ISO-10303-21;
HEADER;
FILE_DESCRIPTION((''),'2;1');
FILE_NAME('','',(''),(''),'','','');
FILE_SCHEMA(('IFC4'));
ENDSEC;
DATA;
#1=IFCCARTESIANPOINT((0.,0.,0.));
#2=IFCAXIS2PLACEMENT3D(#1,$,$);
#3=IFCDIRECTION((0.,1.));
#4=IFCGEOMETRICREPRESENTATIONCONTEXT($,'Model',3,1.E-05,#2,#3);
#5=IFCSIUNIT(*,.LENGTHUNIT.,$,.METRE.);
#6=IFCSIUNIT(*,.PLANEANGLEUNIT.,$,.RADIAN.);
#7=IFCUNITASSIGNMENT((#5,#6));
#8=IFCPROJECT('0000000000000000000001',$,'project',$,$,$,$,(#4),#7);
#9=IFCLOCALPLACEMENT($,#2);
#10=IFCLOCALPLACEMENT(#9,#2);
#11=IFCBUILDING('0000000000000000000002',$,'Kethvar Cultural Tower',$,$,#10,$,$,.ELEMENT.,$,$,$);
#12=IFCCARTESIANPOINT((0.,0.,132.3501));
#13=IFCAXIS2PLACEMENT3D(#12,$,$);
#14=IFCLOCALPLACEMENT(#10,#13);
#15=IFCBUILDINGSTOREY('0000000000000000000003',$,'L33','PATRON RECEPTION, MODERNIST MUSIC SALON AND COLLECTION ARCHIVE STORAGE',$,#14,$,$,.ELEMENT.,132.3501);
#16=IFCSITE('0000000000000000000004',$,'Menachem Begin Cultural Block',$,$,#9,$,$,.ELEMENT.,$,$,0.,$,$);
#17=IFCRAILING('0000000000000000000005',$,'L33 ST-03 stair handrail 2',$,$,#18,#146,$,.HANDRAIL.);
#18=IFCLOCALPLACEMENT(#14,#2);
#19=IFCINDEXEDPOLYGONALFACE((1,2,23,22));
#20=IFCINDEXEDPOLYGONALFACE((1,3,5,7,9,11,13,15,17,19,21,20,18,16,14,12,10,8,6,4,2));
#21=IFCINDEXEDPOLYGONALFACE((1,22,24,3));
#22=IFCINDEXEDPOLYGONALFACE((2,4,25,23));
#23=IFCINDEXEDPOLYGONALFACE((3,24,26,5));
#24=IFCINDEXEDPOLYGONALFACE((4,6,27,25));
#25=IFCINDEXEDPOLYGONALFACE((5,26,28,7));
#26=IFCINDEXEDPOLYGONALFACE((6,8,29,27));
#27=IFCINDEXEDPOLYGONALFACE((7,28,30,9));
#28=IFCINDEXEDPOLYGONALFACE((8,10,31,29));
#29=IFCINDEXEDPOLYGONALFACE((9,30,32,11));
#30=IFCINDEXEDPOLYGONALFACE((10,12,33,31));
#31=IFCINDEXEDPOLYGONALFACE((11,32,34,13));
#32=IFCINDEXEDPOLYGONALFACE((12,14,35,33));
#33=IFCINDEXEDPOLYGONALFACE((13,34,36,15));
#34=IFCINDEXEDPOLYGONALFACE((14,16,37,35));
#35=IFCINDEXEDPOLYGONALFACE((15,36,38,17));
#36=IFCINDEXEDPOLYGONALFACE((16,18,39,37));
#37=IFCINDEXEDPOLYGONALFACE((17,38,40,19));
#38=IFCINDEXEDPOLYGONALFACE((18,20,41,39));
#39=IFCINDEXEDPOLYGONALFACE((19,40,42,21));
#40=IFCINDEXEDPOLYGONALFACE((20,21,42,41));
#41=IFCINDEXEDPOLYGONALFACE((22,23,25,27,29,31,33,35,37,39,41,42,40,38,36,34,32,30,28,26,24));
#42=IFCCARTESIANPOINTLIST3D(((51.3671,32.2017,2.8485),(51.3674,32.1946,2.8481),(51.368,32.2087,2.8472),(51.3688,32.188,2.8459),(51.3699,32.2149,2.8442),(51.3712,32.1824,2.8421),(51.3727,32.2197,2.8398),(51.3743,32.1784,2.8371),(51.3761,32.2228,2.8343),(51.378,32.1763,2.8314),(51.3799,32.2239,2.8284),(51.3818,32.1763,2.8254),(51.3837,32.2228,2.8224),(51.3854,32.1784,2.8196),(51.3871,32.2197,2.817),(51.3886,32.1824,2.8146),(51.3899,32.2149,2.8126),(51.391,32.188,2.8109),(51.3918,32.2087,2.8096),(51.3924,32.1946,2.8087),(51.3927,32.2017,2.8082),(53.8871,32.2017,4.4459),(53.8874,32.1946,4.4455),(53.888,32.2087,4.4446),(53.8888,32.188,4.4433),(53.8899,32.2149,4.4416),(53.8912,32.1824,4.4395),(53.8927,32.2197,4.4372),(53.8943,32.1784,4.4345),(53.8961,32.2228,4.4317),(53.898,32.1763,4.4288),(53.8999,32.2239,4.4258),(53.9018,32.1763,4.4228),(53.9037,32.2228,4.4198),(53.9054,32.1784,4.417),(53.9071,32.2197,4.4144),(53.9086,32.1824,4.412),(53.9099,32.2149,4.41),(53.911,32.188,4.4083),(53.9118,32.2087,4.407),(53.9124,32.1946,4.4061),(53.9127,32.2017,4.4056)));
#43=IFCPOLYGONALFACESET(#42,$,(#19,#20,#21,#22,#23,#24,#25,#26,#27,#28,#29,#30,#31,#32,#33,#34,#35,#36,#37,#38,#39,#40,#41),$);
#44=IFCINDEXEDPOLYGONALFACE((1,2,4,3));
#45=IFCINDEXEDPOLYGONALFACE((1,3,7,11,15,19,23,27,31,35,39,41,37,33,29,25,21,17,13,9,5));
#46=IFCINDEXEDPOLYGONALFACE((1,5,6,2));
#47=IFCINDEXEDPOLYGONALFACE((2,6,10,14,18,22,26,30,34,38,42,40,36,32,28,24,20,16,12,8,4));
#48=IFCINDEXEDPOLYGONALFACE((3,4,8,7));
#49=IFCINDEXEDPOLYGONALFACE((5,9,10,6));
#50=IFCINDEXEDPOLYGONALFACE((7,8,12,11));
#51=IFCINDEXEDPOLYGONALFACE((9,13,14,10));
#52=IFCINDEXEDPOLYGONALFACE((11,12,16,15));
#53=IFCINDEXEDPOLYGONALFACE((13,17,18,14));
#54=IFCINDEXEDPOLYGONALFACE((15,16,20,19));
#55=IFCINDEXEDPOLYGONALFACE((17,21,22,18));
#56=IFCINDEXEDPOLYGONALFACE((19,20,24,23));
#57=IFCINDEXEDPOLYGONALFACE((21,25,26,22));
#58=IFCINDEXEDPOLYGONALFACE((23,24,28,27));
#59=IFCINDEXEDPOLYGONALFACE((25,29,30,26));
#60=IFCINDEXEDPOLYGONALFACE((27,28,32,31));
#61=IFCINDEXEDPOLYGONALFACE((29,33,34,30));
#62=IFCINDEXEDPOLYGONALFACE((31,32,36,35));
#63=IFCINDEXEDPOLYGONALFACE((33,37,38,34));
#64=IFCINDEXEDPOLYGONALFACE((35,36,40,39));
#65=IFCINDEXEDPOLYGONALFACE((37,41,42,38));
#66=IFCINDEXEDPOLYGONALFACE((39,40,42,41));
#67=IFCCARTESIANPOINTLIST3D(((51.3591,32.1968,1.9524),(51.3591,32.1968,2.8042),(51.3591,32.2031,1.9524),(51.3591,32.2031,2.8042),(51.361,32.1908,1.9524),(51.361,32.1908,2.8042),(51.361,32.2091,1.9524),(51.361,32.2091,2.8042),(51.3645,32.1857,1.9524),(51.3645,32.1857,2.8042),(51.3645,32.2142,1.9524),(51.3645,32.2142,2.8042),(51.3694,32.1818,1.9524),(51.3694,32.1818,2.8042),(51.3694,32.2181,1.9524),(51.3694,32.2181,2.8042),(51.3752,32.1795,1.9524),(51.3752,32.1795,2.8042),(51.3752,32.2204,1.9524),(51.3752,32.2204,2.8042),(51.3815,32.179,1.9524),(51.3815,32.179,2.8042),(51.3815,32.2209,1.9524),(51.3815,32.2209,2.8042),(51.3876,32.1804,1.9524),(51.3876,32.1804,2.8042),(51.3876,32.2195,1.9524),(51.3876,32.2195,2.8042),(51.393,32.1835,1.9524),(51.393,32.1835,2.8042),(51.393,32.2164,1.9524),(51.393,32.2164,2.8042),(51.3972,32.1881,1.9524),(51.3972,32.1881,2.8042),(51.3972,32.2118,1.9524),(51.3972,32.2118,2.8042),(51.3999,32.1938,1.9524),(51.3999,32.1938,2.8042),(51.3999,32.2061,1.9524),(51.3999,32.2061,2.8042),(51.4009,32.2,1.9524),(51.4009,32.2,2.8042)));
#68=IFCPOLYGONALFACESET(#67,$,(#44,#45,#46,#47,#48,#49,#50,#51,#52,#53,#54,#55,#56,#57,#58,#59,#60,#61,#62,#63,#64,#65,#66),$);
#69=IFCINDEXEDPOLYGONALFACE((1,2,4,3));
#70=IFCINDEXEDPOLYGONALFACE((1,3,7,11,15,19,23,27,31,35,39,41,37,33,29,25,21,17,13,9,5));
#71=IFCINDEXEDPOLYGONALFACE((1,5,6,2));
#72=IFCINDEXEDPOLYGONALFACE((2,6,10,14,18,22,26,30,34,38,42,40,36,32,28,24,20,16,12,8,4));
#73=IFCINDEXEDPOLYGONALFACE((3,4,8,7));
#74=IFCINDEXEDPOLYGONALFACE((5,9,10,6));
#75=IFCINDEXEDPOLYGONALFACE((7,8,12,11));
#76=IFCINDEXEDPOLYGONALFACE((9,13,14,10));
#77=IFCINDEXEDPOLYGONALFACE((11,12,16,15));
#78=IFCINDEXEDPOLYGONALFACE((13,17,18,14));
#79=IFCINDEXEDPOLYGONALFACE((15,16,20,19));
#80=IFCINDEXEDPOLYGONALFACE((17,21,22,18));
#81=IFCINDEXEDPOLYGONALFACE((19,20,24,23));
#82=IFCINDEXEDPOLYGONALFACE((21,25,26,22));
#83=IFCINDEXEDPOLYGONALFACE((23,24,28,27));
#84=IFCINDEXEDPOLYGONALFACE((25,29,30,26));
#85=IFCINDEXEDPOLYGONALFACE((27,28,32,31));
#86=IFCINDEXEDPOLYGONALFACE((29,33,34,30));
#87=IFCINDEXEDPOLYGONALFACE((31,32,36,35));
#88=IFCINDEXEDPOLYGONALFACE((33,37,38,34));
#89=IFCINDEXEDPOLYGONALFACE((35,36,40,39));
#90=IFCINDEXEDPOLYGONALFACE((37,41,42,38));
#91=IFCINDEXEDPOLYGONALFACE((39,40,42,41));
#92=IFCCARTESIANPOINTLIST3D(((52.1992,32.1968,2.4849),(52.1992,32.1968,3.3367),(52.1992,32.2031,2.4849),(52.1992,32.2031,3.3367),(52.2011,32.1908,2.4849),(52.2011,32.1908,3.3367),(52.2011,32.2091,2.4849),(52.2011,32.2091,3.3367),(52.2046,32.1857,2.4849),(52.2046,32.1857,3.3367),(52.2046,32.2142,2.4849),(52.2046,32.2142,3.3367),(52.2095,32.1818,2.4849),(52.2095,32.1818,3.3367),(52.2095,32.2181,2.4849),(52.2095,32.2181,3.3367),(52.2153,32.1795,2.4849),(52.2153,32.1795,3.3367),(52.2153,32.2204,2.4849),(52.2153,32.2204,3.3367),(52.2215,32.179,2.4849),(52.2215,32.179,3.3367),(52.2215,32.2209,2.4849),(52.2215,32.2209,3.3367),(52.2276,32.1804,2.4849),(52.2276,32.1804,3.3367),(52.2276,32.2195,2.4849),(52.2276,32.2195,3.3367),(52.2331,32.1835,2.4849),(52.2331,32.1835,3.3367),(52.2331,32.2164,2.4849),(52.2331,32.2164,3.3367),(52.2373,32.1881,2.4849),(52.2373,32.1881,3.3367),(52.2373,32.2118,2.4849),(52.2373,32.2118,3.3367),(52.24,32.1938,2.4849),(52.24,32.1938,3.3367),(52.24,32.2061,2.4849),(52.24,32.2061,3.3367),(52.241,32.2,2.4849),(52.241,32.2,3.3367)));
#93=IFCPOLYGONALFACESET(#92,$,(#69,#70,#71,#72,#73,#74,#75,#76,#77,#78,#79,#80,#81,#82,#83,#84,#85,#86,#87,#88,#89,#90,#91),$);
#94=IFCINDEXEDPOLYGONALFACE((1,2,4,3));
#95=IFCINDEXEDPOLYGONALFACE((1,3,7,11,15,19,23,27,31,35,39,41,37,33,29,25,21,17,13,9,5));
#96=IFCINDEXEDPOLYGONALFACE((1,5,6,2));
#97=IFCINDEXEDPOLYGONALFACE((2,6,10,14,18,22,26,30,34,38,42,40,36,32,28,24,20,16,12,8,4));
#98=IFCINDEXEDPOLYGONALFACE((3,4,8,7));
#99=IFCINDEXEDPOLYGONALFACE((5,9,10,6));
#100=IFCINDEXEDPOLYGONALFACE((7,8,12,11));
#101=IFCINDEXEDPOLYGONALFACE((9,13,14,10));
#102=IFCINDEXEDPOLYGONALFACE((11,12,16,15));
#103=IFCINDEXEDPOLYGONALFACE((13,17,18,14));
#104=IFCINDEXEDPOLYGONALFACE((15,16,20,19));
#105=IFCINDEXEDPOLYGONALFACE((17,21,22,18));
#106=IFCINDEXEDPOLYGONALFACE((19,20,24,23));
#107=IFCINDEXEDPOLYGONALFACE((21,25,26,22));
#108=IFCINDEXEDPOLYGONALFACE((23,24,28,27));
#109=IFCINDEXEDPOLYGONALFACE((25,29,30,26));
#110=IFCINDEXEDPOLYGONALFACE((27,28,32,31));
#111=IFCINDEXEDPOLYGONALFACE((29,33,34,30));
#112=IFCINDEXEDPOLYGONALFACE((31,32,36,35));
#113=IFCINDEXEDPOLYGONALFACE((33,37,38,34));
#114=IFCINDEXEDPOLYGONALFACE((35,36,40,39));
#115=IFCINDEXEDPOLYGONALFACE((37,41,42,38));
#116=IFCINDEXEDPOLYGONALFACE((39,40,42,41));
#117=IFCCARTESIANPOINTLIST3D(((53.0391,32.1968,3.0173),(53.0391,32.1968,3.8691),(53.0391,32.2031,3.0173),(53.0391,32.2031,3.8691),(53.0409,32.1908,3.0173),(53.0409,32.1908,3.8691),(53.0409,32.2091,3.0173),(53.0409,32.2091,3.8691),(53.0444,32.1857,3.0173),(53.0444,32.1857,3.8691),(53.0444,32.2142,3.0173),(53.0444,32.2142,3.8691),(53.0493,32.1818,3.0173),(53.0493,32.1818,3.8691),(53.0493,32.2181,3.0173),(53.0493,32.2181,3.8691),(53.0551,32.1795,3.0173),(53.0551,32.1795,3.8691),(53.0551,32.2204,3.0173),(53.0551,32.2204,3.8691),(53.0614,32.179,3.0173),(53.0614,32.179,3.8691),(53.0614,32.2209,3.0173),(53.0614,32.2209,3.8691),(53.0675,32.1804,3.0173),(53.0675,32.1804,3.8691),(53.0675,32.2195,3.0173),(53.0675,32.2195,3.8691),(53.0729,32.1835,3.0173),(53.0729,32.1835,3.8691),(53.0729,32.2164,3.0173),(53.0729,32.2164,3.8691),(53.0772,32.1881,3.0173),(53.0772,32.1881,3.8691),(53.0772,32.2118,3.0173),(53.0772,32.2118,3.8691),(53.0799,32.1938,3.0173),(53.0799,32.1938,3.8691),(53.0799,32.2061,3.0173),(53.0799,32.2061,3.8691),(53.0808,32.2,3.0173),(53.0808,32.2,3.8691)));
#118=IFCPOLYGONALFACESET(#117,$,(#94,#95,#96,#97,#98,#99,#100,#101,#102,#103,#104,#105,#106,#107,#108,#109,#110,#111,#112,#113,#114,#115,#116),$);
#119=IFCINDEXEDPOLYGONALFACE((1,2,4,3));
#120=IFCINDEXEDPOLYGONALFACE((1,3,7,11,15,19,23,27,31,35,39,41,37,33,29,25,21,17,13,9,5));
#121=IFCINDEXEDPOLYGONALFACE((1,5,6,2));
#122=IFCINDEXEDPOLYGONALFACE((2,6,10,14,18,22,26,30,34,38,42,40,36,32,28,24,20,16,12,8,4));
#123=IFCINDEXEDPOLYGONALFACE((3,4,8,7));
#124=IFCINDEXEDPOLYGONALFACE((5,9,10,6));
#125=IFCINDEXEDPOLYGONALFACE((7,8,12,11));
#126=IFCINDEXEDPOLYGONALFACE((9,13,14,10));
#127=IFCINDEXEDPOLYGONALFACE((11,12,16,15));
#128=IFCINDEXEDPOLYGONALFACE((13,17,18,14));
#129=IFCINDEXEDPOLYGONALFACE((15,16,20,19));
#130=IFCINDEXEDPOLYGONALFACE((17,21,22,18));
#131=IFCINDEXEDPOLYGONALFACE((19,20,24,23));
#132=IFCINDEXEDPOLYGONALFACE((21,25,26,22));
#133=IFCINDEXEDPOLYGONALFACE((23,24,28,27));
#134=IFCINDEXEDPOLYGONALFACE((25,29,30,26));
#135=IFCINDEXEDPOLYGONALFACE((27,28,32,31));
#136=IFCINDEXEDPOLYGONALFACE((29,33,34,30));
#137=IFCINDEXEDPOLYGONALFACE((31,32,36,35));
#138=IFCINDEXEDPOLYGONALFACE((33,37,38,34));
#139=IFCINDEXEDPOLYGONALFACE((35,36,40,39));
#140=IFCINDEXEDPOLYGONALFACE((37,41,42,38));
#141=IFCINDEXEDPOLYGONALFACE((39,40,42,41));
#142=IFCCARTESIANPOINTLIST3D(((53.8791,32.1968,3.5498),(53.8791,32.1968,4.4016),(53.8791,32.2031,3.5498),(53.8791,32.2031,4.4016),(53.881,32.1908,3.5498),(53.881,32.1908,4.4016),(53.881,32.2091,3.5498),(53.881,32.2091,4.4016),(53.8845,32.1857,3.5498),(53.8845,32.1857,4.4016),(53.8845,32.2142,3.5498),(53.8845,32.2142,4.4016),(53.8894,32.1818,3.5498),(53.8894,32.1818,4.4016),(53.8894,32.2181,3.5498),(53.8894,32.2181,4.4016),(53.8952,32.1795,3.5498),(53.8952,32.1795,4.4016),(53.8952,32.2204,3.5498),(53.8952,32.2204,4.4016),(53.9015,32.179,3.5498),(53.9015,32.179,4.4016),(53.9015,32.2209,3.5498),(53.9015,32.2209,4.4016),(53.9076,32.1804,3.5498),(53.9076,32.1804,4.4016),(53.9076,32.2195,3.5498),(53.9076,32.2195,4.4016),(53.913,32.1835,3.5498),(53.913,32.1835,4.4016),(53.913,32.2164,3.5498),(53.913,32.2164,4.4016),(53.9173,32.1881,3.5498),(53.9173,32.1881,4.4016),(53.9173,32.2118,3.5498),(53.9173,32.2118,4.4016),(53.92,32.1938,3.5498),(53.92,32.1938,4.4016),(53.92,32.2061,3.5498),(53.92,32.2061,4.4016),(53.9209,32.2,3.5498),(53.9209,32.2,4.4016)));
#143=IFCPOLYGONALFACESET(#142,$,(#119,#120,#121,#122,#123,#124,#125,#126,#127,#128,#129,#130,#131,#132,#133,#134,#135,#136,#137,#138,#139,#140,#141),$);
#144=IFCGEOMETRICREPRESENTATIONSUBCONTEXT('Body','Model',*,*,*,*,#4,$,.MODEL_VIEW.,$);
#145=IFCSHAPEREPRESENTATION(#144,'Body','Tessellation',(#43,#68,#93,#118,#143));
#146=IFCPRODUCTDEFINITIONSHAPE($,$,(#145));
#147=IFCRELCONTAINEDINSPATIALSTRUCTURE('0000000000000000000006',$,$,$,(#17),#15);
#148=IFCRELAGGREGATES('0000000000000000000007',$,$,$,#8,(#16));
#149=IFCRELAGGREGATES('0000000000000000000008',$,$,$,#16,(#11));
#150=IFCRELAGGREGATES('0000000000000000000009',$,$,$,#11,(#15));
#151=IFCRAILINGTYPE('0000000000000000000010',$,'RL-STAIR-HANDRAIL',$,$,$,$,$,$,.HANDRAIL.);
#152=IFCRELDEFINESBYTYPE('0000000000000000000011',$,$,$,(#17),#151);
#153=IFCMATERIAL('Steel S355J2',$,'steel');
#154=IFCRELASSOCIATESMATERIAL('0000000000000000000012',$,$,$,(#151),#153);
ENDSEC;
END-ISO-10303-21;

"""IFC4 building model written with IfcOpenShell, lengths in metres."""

from ifc_helpers import new_model, si_unit, direction, frame, origin, origin_2d, place, context, subcontext, project, spatial, circle, extrude, material, type_object, element, save


model = new_model("IFC4")

# Units and contexts
model_context = context("Model", 3, precision=1e-05, world=origin(), true_north=direction((0.0, 1.0)))
body_context = subcontext(model_context, "Body", "Model", "MODEL_VIEW")
ifc_project = project(units=[si_unit("LENGTHUNIT", "METRE"), si_unit("PLANEANGLEUNIT", "RADIAN")], contexts=[model_context])

# Site, building, storey
site_placement = place(None, origin())
site = spatial("IfcSite", under=ifc_project, at=site_placement, Name="Menachem Begin Cultural Block", CompositionType="ELEMENT", RefElevation=0.0)
building_placement = place(site_placement, origin())
building = spatial("IfcBuilding", under=site, at=building_placement, Name="Kethvar Cultural Tower", CompositionType="ELEMENT")
storey_placement = place(building_placement, frame((0.0, 0.0, 132.3501)))
storey = spatial("IfcBuildingStorey", under=building, at=storey_placement, Name="L33", Description="PATRON RECEPTION, MODERNIST MUSIC SALON AND COLLECTION ARCHIVE STORAGE", CompositionType="ELEMENT", Elevation=132.3501)

# Shared definitions
ifc_material_1 = material(Name="Steel S355J2", Category="steel")

# Railing
railing_type_1 = type_object("IfcRailingType", Name="RL-STAIR-HANDRAIL", PredefinedType="HANDRAIL", material=ifc_material_1)
railing_1_placement = place(storey_placement, frame((51.3799, 32.2, 1.9524)))
element("IfcRailing", 1, at=railing_1_placement, inside=storey, type_object=railing_type_1, Name="L33 ST-03 stair handrail 2", PredefinedType="HANDRAIL", context=body_context, shape_type="SweptSolid", body=[
    extrude(circle(Radius=0.0239, at=origin_2d()), frame((0.0, 0.0, 0.876), z_axis=(0.844607, 0.0, 0.535387), x_axis=(0.0, 1.0, 0.0)), (0.0, 0.0, 1.0), 2.9836),
    extrude(circle(Radius=0.021, at=origin_2d()), origin(), (0.0, 0.0, 1.0), 0.8518),
    extrude(circle(Radius=0.021, at=origin_2d()), frame((0.8401, 0.0, 0.5325)), (0.0, 0.0, 1.0), 0.8518),
    extrude(circle(Radius=0.021, at=origin_2d()), frame((1.6799, 0.0, 1.0649)), (0.0, 0.0, 1.0), 0.8518),
    extrude(circle(Radius=0.021, at=origin_2d()), frame((2.52, 0.0, 1.5974)), (0.0, 0.0, 1.0), 0.8518),
])

save(model, "model.ifc")
